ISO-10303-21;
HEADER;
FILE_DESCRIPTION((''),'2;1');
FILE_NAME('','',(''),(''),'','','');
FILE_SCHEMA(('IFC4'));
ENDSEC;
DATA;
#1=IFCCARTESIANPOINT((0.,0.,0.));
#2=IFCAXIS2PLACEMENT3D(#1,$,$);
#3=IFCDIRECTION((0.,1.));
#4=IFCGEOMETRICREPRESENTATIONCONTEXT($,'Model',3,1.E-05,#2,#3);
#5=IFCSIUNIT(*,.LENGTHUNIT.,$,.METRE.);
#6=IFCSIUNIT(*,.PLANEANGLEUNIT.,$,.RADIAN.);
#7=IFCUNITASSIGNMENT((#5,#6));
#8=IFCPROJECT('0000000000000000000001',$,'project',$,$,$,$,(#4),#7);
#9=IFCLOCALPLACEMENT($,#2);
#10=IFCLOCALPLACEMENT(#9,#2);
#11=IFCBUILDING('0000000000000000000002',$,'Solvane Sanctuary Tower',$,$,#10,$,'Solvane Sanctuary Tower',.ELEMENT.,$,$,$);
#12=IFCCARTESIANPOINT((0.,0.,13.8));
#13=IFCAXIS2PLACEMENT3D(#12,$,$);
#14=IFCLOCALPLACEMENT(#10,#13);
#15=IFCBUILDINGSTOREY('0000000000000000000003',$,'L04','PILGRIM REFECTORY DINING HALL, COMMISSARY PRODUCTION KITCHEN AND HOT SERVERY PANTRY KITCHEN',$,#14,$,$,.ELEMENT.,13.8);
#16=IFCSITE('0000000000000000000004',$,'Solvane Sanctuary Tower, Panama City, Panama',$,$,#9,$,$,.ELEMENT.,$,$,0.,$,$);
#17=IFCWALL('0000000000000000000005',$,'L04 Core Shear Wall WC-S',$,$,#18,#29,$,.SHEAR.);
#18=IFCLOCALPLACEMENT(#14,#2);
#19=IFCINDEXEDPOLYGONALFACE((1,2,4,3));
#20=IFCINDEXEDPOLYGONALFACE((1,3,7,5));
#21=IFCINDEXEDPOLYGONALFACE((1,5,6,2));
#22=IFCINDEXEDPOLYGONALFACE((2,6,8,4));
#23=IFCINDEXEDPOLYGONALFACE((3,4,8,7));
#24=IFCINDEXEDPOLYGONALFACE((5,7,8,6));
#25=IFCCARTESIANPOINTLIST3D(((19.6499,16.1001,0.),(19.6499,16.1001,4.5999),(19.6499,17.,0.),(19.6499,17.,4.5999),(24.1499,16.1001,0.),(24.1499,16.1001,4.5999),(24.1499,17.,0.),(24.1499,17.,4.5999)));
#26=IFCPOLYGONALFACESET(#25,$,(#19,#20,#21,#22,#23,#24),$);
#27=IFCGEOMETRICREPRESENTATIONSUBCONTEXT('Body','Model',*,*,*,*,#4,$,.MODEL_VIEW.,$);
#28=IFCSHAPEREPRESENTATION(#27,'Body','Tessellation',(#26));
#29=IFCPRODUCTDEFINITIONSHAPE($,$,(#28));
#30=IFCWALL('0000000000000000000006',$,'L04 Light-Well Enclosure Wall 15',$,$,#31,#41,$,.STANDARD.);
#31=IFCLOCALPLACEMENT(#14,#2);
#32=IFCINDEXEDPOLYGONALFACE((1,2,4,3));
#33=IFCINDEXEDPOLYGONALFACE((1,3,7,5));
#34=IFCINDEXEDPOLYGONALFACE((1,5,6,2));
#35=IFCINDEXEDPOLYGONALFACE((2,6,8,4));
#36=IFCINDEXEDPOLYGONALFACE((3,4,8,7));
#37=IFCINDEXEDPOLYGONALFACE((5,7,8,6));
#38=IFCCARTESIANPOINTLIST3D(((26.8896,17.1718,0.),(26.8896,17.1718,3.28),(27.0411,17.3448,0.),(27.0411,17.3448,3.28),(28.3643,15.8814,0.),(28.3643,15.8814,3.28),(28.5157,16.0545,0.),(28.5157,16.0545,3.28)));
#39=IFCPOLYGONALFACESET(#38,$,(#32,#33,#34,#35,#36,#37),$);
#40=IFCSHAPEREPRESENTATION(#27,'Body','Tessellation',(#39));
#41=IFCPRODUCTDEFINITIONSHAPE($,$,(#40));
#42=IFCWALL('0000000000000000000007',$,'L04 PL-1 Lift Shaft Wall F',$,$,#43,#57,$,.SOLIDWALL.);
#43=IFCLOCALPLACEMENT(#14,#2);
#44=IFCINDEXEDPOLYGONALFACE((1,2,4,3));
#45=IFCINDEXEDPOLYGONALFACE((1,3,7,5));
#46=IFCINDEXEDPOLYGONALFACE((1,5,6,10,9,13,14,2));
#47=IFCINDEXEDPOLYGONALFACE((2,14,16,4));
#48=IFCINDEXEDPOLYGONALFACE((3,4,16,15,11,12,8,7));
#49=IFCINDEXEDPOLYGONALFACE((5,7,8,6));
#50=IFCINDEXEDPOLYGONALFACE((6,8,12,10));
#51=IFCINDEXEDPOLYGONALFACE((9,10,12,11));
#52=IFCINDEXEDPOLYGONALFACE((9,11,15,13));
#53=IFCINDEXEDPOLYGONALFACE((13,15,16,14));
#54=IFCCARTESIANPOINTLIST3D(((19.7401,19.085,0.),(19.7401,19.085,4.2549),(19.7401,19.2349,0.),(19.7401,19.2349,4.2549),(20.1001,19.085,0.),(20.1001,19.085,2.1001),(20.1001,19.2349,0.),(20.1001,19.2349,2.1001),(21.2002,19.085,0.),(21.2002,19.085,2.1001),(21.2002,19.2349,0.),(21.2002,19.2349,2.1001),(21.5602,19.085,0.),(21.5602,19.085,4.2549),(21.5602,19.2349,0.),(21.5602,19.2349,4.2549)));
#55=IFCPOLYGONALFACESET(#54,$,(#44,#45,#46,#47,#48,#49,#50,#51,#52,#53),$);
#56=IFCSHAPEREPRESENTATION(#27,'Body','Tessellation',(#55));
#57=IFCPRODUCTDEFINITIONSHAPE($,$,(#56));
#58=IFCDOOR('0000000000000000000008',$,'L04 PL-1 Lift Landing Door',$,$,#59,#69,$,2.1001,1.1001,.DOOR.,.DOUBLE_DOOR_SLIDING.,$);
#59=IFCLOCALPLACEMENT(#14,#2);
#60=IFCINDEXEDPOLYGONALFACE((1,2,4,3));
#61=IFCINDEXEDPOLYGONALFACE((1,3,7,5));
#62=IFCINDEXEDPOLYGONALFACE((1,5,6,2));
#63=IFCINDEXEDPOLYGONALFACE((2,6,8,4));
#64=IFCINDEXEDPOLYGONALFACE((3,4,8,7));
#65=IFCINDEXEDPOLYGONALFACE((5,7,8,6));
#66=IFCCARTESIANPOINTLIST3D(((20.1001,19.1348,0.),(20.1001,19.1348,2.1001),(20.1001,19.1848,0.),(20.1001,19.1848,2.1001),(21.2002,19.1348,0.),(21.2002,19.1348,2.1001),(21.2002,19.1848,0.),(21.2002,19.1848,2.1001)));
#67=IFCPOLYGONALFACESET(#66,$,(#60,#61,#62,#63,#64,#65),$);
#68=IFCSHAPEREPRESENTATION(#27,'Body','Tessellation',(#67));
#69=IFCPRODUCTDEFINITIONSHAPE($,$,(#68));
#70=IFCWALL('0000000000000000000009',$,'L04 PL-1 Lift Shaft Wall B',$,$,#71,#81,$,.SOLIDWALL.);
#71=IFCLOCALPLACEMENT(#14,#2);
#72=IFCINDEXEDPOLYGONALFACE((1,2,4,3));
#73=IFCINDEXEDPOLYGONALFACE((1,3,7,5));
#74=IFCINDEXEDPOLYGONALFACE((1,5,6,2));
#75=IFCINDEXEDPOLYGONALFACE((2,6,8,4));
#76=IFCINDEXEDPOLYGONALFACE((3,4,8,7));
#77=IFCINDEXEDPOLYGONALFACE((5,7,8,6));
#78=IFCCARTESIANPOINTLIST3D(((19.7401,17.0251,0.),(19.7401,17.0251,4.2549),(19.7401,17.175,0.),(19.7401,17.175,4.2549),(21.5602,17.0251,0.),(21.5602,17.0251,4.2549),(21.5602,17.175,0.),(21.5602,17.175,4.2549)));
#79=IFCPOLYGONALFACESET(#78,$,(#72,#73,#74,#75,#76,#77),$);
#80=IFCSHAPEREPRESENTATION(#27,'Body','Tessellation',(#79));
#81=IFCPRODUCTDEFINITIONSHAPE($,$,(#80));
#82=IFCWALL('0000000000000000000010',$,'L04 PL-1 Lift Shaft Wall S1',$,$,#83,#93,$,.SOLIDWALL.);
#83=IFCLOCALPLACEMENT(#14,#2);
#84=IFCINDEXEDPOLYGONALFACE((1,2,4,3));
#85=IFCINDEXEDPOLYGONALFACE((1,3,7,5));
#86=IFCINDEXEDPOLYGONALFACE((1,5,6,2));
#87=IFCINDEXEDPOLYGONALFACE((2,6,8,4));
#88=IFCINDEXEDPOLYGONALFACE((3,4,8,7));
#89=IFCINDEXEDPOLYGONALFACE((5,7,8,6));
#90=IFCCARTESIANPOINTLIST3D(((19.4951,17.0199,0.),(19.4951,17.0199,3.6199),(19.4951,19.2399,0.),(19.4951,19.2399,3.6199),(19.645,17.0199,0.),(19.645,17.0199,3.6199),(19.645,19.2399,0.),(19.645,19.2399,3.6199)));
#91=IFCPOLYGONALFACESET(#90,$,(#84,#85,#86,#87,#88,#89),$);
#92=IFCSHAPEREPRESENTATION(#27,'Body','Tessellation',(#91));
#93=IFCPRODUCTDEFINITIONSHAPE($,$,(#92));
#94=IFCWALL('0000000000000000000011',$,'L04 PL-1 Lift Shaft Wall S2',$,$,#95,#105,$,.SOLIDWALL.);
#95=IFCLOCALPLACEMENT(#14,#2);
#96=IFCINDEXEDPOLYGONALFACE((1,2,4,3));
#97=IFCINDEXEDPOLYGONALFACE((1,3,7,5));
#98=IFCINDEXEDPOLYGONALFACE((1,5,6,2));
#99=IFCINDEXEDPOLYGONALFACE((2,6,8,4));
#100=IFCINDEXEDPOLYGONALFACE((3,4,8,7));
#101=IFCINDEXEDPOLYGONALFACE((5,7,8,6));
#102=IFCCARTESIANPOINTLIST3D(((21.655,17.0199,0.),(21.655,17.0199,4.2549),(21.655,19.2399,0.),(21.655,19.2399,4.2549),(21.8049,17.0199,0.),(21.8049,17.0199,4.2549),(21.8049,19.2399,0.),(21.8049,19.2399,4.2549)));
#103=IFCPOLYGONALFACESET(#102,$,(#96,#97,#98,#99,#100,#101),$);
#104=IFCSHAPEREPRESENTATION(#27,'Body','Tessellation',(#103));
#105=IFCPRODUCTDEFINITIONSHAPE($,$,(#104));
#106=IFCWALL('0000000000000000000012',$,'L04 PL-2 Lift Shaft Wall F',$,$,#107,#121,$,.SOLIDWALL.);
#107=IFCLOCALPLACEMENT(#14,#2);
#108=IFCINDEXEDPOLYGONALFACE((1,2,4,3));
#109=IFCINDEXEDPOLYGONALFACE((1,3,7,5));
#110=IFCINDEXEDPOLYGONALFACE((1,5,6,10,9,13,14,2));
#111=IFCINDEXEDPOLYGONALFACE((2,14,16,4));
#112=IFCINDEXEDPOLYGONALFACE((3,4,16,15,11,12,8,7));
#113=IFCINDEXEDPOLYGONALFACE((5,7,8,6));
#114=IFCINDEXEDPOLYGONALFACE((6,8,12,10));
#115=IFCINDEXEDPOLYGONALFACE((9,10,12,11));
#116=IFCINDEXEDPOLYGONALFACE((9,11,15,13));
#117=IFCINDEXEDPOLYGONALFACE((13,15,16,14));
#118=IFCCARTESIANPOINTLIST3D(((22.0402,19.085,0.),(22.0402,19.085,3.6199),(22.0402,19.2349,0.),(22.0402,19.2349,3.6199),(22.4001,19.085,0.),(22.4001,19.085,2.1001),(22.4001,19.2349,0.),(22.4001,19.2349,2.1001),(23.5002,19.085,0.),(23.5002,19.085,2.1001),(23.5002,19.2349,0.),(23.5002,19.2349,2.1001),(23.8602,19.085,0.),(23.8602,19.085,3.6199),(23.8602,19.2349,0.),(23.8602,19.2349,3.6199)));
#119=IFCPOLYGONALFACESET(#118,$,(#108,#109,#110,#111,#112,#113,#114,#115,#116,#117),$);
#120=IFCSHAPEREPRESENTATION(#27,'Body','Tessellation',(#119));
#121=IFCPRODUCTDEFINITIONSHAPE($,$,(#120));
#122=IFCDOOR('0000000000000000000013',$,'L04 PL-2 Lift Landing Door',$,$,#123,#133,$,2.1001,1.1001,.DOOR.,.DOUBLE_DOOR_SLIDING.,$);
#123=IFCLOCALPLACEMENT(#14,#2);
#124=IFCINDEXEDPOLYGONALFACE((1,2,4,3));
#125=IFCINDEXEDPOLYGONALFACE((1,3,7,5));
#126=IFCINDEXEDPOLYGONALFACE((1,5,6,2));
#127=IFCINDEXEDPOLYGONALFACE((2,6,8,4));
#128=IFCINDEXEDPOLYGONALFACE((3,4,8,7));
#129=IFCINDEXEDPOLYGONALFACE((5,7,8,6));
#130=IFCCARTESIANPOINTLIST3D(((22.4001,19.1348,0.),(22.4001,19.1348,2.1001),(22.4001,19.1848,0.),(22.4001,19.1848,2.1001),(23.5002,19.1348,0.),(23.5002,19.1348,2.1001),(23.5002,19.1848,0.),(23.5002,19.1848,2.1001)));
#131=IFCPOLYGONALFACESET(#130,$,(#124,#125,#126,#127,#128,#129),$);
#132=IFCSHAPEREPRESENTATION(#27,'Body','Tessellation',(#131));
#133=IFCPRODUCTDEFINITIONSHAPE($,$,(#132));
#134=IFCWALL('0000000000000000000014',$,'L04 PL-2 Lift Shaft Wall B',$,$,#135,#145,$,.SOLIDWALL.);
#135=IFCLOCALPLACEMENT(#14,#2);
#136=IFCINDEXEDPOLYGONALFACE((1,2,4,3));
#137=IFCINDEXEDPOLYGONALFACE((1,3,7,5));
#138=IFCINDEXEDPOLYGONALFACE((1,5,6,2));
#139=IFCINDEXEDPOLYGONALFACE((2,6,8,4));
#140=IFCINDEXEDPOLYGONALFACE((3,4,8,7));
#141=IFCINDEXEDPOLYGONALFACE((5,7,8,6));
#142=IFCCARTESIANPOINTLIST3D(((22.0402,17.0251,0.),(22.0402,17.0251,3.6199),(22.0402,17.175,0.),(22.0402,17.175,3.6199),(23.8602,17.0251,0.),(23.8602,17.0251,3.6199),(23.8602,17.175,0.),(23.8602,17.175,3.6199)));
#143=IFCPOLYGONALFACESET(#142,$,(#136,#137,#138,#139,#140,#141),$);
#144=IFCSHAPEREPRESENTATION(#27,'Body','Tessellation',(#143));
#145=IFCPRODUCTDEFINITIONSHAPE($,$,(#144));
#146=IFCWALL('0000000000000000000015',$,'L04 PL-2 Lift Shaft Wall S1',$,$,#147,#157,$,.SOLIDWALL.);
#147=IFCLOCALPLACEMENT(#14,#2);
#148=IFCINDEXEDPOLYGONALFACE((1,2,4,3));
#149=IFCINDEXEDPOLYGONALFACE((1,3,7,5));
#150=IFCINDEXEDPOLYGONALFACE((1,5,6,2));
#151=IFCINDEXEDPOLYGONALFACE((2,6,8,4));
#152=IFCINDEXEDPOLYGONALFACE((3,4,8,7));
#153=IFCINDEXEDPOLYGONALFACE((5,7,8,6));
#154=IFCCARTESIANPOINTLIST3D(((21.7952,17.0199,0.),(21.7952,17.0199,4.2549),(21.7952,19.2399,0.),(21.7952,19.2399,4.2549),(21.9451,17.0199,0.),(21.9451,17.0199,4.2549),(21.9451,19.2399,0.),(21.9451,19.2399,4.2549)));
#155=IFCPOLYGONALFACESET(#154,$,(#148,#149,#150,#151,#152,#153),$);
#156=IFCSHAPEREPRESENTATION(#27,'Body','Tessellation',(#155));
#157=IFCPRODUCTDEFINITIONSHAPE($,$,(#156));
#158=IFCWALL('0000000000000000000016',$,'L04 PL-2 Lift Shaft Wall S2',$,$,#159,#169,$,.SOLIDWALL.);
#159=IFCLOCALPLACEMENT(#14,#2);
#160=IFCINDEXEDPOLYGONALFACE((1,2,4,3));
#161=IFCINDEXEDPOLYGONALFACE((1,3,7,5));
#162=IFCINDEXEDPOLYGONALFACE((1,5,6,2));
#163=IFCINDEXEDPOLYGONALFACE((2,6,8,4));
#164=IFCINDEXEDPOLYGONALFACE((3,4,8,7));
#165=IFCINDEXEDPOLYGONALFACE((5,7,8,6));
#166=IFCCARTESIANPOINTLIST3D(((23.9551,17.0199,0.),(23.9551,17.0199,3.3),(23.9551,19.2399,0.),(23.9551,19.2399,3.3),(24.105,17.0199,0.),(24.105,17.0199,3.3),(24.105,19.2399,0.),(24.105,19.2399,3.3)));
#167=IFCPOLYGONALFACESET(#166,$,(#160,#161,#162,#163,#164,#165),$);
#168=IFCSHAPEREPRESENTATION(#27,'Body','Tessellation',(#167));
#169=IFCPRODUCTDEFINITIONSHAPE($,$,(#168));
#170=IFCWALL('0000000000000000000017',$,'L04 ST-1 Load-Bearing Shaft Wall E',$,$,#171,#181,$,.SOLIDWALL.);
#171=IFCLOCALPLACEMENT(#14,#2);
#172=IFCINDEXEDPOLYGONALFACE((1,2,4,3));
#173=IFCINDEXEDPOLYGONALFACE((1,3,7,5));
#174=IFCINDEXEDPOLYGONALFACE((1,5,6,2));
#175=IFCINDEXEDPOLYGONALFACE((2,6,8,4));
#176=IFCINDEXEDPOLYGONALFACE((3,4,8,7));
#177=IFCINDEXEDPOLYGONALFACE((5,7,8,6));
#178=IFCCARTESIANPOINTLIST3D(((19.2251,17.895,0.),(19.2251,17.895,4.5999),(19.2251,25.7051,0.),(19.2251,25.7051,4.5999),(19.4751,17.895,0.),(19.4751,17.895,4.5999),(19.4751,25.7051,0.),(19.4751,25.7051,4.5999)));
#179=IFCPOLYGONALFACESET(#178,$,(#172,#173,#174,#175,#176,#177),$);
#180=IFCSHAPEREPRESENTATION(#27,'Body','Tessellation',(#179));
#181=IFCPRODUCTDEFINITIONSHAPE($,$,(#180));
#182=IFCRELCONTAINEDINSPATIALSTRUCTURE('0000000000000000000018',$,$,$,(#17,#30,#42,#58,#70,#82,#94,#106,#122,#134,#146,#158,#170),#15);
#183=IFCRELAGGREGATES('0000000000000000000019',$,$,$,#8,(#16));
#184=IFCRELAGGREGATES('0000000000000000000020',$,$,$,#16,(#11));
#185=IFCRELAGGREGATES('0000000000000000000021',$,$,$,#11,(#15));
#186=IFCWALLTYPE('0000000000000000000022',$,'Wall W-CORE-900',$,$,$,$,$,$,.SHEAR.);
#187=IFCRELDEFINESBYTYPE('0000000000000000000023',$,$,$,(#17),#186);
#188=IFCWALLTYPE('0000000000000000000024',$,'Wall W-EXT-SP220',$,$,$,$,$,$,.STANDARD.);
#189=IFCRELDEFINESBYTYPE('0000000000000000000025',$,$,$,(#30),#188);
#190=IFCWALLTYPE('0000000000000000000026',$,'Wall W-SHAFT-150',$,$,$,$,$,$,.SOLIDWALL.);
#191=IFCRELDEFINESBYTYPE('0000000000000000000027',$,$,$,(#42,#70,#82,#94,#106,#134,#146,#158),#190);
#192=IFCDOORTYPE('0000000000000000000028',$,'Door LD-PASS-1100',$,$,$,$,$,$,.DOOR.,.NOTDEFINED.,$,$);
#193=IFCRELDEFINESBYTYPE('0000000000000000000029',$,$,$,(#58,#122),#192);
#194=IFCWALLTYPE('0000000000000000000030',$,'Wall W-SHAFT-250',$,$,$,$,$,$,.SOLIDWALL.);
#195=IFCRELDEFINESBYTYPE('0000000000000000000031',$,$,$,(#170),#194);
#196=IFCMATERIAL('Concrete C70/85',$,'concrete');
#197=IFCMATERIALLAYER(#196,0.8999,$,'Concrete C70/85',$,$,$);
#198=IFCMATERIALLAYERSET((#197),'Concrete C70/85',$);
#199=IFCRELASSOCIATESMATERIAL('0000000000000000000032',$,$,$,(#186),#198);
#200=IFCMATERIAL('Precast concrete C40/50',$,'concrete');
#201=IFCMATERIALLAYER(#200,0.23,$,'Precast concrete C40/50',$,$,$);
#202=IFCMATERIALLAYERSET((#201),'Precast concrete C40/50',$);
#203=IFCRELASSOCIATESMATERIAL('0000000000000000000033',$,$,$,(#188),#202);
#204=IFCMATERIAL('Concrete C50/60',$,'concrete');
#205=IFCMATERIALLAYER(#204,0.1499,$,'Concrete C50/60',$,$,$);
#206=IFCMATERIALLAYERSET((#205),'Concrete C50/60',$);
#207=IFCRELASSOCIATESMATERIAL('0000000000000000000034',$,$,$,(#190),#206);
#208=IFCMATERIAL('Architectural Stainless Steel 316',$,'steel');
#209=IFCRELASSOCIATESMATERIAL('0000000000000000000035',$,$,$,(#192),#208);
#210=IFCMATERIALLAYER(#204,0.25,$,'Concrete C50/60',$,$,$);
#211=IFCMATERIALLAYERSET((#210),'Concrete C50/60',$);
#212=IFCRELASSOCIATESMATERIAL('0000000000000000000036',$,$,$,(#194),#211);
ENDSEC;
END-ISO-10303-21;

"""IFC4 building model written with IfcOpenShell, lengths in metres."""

from ifc_helpers import new_model, si_unit, direction, frame, frame_2d, origin, place, context, subcontext, project, spatial, rectangle, extrude, material, layer, layer_set, type_object, element, fill, save


model = new_model("IFC4")

# Units and contexts
model_context = context("Model", 3, precision=1e-05, world=origin(), true_north=direction((0.0, 1.0)))
body_context = subcontext(model_context, "Body", "Model", "MODEL_VIEW")
ifc_project = project(units=[si_unit("LENGTHUNIT", "METRE"), si_unit("PLANEANGLEUNIT", "RADIAN")], contexts=[model_context])

# Site, building, storey
site_placement = place(None, origin())
site = spatial("IfcSite", under=ifc_project, at=site_placement, Name="Solvane Sanctuary Tower, Panama City, Panama", CompositionType="ELEMENT", RefElevation=0.0)
building_placement = place(site_placement, origin())
building = spatial("IfcBuilding", under=site, at=building_placement, Name="Solvane Sanctuary Tower", LongName="Solvane Sanctuary Tower", CompositionType="ELEMENT")
storey_placement = place(building_placement, frame((0.0, 0.0, 13.8)))
storey = spatial("IfcBuildingStorey", under=building, at=storey_placement, Name="L04", Description="PILGRIM REFECTORY DINING HALL, COMMISSARY PRODUCTION KITCHEN AND HOT SERVERY PANTRY KITCHEN", CompositionType="ELEMENT", Elevation=13.8)

# Shared definitions
ifc_material_1 = material(Name="Concrete C70/85", Category="concrete")

# Walls
ifc_layer_1 = layer(ifc_material_1, 0.8999, Name="Concrete C70/85")
ifc_layer_set_1 = layer_set([ifc_layer_1], Name="Concrete C70/85")
wall_type_1 = type_object("IfcWallType", Name="Wall W-CORE-900", PredefinedType="SHEAR", material=ifc_layer_set_1)
wall_1_placement = place(storey_placement, frame((19.6499, 16.55, 0.0), z_axis=(0.0, 0.0, 1.0), x_axis=(1.0, 0.0, 0.0)))
element("IfcWall", 1, at=wall_1_placement, inside=storey, type_object=wall_type_1, Name="L04 Core Shear Wall WC-S", PredefinedType="SHEAR", context=body_context, shape_type="SweptSolid", body=[
    extrude(rectangle(XDim=4.5, YDim=0.8999, at=frame_2d((2.25, 0.0))), origin(), (0.0, 0.0, 1.0), 4.5999),
])
ifc_material_2 = material(Name="Precast concrete C40/50", Category="concrete")
ifc_layer_2 = layer(ifc_material_2, 0.23, Name="Precast concrete C40/50")
ifc_layer_set_2 = layer_set([ifc_layer_2], Name="Precast concrete C40/50")
wall_type_2 = type_object("IfcWallType", Name="Wall W-EXT-SP220", PredefinedType="STANDARD", material=ifc_layer_set_2)
wall_2_placement = place(storey_placement, frame((26.9653, 17.2583, 0.0), z_axis=(0.0, 0.0, 1.0), x_axis=(0.752577, -0.658505, 0.0)))
element("IfcWall", 2, at=wall_2_placement, inside=storey, type_object=wall_type_2, Name="L04 Light-Well Enclosure Wall 15", PredefinedType="STANDARD", context=body_context, shape_type="SweptSolid", body=[
    extrude(rectangle(XDim=1.9595, YDim=0.23, at=frame_2d((0.9797, 0.0))), origin(), (0.0, 0.0, 1.0), 3.28),
])

# Wall, opening, door
ifc_material_3 = material(Name="Concrete C50/60", Category="concrete")
ifc_layer_3 = layer(ifc_material_3, 0.1499, Name="Concrete C50/60")
ifc_layer_set_3 = layer_set([ifc_layer_3], Name="Concrete C50/60")
wall_type_3 = type_object("IfcWallType", Name="Wall W-SHAFT-150", PredefinedType="SOLIDWALL", material=ifc_layer_set_3)
wall_3_placement = place(storey_placement, frame((19.74, 19.1599, 0.0), z_axis=(0.0, 0.0, 1.0), x_axis=(1.0, 0.0, 0.0)))
wall_3 = element("IfcWall", 3, at=wall_3_placement, inside=storey, type_object=wall_type_3, Name="L04 PL-1 Lift Shaft Wall F", PredefinedType="SOLIDWALL", context=body_context, shape_type="SweptSolid", body=[
    extrude(rectangle(XDim=1.8201, YDim=0.1499, at=frame_2d((0.9102, 0.0))), origin(), (0.0, 0.0, 1.0), 4.2549),
])
opening_1_placement = place(wall_3_placement, frame((0.3601, 0.0, 0.0)))
opening_1 = element("IfcOpeningElement", 4, at=opening_1_placement, cuts=wall_3, PredefinedType="OPENING", context=body_context, shape_type="SweptSolid", body=[
    extrude(rectangle(XDim=1.1001, YDim=2.1001, at=frame_2d((0.55, 1.05))), frame((0.0, 0.085, 0.0), z_axis=(0.0, -1.0, 0.0), x_axis=(1.0, 0.0, 0.0)), (0.0, 0.0, 1.0), 0.1699),
])
ifc_material_4 = material(Name="Architectural Stainless Steel 316", Category="steel")
door_type = type_object("IfcDoorType", Name="Door LD-PASS-1100", OperationType="NOTDEFINED", PredefinedType="DOOR", material=ifc_material_4)
door_1_placement = place(opening_1_placement, origin())
door_1 = element("IfcDoor", 5, at=door_1_placement, inside=storey, type_object=door_type, Name="L04 PL-1 Lift Landing Door", OperationType="DOUBLE_DOOR_SLIDING", OverallHeight=2.1001, OverallWidth=1.1001, PredefinedType="DOOR", context=body_context, shape_type="SweptSolid", body=[
    extrude(rectangle(XDim=1.1001, YDim=2.1001, at=frame_2d((0.55, 1.05))), frame((0.0, 0.0249, 0.0), z_axis=(0.0, -1.0, 0.0), x_axis=(1.0, 0.0, 0.0)), (0.0, 0.0, 1.0), 0.05),
])
fill(opening_1, door_1)

# Walls
wall_4_placement = place(storey_placement, frame((19.74, 17.1001, 0.0), z_axis=(0.0, 0.0, 1.0), x_axis=(1.0, 0.0, 0.0)))
element("IfcWall", 6, at=wall_4_placement, inside=storey, type_object=wall_type_3, Name="L04 PL-1 Lift Shaft Wall B", PredefinedType="SOLIDWALL", context=body_context, shape_type="SweptSolid", body=[
    extrude(rectangle(XDim=1.8201, YDim=0.1499, at=frame_2d((0.9102, 0.0))), origin(), (0.0, 0.0, 1.0), 4.2549),
])
wall_5_placement = place(storey_placement, frame((19.5701, 17.02, 0.0), z_axis=(0.0, 0.0, 1.0), x_axis=(0.0, 1.0, 0.0)))
element("IfcWall", 7, at=wall_5_placement, inside=storey, type_object=wall_type_3, Name="L04 PL-1 Lift Shaft Wall S1", PredefinedType="SOLIDWALL", context=body_context, shape_type="SweptSolid", body=[
    extrude(rectangle(XDim=2.22, YDim=0.1499, at=frame_2d((1.1099, 0.0))), origin(), (0.0, 0.0, 1.0), 3.6199),
])
wall_6_placement = place(storey_placement, frame((21.73, 17.02, 0.0), z_axis=(0.0, 0.0, 1.0), x_axis=(0.0, 1.0, 0.0)))
element("IfcWall", 8, at=wall_6_placement, inside=storey, type_object=wall_type_3, Name="L04 PL-1 Lift Shaft Wall S2", PredefinedType="SOLIDWALL", context=body_context, shape_type="SweptSolid", body=[
    extrude(rectangle(XDim=2.22, YDim=0.1499, at=frame_2d((1.1099, 0.0))), origin(), (0.0, 0.0, 1.0), 4.2549),
])

# Wall, opening, door
wall_7_placement = place(storey_placement, frame((22.04, 19.1599, 0.0), z_axis=(0.0, 0.0, 1.0), x_axis=(1.0, 0.0, 0.0)))
wall_7 = element("IfcWall", 9, at=wall_7_placement, inside=storey, type_object=wall_type_3, Name="L04 PL-2 Lift Shaft Wall F", PredefinedType="SOLIDWALL", context=body_context, shape_type="SweptSolid", body=[
    extrude(rectangle(XDim=1.8201, YDim=0.1499, at=frame_2d((0.9102, 0.0))), origin(), (0.0, 0.0, 1.0), 3.6199),
])
opening_2_placement = place(wall_7_placement, frame((0.3601, 0.0, 0.0)))
opening_2 = element("IfcOpeningElement", 10, at=opening_2_placement, cuts=wall_7, PredefinedType="OPENING", context=body_context, shape_type="SweptSolid", body=[
    extrude(rectangle(XDim=1.1001, YDim=2.1001, at=frame_2d((0.55, 1.05))), frame((0.0, 0.085, 0.0), z_axis=(0.0, -1.0, 0.0), x_axis=(1.0, 0.0, 0.0)), (0.0, 0.0, 1.0), 0.1699),
])
door_2_placement = place(opening_2_placement, origin())
door_2 = element("IfcDoor", 11, at=door_2_placement, inside=storey, type_object=door_type, Name="L04 PL-2 Lift Landing Door", OperationType="DOUBLE_DOOR_SLIDING", OverallHeight=2.1001, OverallWidth=1.1001, PredefinedType="DOOR", context=body_context, shape_type="SweptSolid", body=[
    extrude(rectangle(XDim=1.1001, YDim=2.1001, at=frame_2d((0.55, 1.05))), frame((0.0, 0.0249, 0.0), z_axis=(0.0, -1.0, 0.0), x_axis=(1.0, 0.0, 0.0)), (0.0, 0.0, 1.0), 0.05),
])
fill(opening_2, door_2)

# Walls
wall_8_placement = place(storey_placement, frame((22.04, 17.1001, 0.0), z_axis=(0.0, 0.0, 1.0), x_axis=(1.0, 0.0, 0.0)))
element("IfcWall", 12, at=wall_8_placement, inside=storey, type_object=wall_type_3, Name="L04 PL-2 Lift Shaft Wall B", PredefinedType="SOLIDWALL", context=body_context, shape_type="SweptSolid", body=[
    extrude(rectangle(XDim=1.8201, YDim=0.1499, at=frame_2d((0.9102, 0.0))), origin(), (0.0, 0.0, 1.0), 3.6199),
])
wall_9_placement = place(storey_placement, frame((21.8701, 17.02, 0.0), z_axis=(0.0, 0.0, 1.0), x_axis=(0.0, 1.0, 0.0)))
element("IfcWall", 13, at=wall_9_placement, inside=storey, type_object=wall_type_3, Name="L04 PL-2 Lift Shaft Wall S1", PredefinedType="SOLIDWALL", context=body_context, shape_type="SweptSolid", body=[
    extrude(rectangle(XDim=2.22, YDim=0.1499, at=frame_2d((1.1099, 0.0))), origin(), (0.0, 0.0, 1.0), 4.2549),
])
wall_10_placement = place(storey_placement, frame((24.03, 17.02, 0.0), z_axis=(0.0, 0.0, 1.0), x_axis=(0.0, 1.0, 0.0)))
element("IfcWall", 14, at=wall_10_placement, inside=storey, type_object=wall_type_3, Name="L04 PL-2 Lift Shaft Wall S2", PredefinedType="SOLIDWALL", context=body_context, shape_type="SweptSolid", body=[
    extrude(rectangle(XDim=2.22, YDim=0.1499, at=frame_2d((1.1099, 0.0))), origin(), (0.0, 0.0, 1.0), 3.3),
])
ifc_layer_4 = layer(ifc_material_3, 0.25, Name="Concrete C50/60")
ifc_layer_set_4 = layer_set([ifc_layer_4], Name="Concrete C50/60")
wall_type_4 = type_object("IfcWallType", Name="Wall W-SHAFT-250", PredefinedType="SOLIDWALL", material=ifc_layer_set_4)
wall_11_placement = place(storey_placement, frame((19.3501, 17.895, 0.0), z_axis=(0.0, 0.0, 1.0), x_axis=(0.0, 1.0, 0.0)))
element("IfcWall", 15, at=wall_11_placement, inside=storey, type_object=wall_type_4, Name="L04 ST-1 Load-Bearing Shaft Wall E", PredefinedType="SOLIDWALL", context=body_context, shape_type="SweptSolid", body=[
    extrude(rectangle(XDim=7.8101, YDim=0.25, at=frame_2d((3.905, 0.0))), origin(), (0.0, 0.0, 1.0), 4.5999),
])

save(model, "model.ifc")
